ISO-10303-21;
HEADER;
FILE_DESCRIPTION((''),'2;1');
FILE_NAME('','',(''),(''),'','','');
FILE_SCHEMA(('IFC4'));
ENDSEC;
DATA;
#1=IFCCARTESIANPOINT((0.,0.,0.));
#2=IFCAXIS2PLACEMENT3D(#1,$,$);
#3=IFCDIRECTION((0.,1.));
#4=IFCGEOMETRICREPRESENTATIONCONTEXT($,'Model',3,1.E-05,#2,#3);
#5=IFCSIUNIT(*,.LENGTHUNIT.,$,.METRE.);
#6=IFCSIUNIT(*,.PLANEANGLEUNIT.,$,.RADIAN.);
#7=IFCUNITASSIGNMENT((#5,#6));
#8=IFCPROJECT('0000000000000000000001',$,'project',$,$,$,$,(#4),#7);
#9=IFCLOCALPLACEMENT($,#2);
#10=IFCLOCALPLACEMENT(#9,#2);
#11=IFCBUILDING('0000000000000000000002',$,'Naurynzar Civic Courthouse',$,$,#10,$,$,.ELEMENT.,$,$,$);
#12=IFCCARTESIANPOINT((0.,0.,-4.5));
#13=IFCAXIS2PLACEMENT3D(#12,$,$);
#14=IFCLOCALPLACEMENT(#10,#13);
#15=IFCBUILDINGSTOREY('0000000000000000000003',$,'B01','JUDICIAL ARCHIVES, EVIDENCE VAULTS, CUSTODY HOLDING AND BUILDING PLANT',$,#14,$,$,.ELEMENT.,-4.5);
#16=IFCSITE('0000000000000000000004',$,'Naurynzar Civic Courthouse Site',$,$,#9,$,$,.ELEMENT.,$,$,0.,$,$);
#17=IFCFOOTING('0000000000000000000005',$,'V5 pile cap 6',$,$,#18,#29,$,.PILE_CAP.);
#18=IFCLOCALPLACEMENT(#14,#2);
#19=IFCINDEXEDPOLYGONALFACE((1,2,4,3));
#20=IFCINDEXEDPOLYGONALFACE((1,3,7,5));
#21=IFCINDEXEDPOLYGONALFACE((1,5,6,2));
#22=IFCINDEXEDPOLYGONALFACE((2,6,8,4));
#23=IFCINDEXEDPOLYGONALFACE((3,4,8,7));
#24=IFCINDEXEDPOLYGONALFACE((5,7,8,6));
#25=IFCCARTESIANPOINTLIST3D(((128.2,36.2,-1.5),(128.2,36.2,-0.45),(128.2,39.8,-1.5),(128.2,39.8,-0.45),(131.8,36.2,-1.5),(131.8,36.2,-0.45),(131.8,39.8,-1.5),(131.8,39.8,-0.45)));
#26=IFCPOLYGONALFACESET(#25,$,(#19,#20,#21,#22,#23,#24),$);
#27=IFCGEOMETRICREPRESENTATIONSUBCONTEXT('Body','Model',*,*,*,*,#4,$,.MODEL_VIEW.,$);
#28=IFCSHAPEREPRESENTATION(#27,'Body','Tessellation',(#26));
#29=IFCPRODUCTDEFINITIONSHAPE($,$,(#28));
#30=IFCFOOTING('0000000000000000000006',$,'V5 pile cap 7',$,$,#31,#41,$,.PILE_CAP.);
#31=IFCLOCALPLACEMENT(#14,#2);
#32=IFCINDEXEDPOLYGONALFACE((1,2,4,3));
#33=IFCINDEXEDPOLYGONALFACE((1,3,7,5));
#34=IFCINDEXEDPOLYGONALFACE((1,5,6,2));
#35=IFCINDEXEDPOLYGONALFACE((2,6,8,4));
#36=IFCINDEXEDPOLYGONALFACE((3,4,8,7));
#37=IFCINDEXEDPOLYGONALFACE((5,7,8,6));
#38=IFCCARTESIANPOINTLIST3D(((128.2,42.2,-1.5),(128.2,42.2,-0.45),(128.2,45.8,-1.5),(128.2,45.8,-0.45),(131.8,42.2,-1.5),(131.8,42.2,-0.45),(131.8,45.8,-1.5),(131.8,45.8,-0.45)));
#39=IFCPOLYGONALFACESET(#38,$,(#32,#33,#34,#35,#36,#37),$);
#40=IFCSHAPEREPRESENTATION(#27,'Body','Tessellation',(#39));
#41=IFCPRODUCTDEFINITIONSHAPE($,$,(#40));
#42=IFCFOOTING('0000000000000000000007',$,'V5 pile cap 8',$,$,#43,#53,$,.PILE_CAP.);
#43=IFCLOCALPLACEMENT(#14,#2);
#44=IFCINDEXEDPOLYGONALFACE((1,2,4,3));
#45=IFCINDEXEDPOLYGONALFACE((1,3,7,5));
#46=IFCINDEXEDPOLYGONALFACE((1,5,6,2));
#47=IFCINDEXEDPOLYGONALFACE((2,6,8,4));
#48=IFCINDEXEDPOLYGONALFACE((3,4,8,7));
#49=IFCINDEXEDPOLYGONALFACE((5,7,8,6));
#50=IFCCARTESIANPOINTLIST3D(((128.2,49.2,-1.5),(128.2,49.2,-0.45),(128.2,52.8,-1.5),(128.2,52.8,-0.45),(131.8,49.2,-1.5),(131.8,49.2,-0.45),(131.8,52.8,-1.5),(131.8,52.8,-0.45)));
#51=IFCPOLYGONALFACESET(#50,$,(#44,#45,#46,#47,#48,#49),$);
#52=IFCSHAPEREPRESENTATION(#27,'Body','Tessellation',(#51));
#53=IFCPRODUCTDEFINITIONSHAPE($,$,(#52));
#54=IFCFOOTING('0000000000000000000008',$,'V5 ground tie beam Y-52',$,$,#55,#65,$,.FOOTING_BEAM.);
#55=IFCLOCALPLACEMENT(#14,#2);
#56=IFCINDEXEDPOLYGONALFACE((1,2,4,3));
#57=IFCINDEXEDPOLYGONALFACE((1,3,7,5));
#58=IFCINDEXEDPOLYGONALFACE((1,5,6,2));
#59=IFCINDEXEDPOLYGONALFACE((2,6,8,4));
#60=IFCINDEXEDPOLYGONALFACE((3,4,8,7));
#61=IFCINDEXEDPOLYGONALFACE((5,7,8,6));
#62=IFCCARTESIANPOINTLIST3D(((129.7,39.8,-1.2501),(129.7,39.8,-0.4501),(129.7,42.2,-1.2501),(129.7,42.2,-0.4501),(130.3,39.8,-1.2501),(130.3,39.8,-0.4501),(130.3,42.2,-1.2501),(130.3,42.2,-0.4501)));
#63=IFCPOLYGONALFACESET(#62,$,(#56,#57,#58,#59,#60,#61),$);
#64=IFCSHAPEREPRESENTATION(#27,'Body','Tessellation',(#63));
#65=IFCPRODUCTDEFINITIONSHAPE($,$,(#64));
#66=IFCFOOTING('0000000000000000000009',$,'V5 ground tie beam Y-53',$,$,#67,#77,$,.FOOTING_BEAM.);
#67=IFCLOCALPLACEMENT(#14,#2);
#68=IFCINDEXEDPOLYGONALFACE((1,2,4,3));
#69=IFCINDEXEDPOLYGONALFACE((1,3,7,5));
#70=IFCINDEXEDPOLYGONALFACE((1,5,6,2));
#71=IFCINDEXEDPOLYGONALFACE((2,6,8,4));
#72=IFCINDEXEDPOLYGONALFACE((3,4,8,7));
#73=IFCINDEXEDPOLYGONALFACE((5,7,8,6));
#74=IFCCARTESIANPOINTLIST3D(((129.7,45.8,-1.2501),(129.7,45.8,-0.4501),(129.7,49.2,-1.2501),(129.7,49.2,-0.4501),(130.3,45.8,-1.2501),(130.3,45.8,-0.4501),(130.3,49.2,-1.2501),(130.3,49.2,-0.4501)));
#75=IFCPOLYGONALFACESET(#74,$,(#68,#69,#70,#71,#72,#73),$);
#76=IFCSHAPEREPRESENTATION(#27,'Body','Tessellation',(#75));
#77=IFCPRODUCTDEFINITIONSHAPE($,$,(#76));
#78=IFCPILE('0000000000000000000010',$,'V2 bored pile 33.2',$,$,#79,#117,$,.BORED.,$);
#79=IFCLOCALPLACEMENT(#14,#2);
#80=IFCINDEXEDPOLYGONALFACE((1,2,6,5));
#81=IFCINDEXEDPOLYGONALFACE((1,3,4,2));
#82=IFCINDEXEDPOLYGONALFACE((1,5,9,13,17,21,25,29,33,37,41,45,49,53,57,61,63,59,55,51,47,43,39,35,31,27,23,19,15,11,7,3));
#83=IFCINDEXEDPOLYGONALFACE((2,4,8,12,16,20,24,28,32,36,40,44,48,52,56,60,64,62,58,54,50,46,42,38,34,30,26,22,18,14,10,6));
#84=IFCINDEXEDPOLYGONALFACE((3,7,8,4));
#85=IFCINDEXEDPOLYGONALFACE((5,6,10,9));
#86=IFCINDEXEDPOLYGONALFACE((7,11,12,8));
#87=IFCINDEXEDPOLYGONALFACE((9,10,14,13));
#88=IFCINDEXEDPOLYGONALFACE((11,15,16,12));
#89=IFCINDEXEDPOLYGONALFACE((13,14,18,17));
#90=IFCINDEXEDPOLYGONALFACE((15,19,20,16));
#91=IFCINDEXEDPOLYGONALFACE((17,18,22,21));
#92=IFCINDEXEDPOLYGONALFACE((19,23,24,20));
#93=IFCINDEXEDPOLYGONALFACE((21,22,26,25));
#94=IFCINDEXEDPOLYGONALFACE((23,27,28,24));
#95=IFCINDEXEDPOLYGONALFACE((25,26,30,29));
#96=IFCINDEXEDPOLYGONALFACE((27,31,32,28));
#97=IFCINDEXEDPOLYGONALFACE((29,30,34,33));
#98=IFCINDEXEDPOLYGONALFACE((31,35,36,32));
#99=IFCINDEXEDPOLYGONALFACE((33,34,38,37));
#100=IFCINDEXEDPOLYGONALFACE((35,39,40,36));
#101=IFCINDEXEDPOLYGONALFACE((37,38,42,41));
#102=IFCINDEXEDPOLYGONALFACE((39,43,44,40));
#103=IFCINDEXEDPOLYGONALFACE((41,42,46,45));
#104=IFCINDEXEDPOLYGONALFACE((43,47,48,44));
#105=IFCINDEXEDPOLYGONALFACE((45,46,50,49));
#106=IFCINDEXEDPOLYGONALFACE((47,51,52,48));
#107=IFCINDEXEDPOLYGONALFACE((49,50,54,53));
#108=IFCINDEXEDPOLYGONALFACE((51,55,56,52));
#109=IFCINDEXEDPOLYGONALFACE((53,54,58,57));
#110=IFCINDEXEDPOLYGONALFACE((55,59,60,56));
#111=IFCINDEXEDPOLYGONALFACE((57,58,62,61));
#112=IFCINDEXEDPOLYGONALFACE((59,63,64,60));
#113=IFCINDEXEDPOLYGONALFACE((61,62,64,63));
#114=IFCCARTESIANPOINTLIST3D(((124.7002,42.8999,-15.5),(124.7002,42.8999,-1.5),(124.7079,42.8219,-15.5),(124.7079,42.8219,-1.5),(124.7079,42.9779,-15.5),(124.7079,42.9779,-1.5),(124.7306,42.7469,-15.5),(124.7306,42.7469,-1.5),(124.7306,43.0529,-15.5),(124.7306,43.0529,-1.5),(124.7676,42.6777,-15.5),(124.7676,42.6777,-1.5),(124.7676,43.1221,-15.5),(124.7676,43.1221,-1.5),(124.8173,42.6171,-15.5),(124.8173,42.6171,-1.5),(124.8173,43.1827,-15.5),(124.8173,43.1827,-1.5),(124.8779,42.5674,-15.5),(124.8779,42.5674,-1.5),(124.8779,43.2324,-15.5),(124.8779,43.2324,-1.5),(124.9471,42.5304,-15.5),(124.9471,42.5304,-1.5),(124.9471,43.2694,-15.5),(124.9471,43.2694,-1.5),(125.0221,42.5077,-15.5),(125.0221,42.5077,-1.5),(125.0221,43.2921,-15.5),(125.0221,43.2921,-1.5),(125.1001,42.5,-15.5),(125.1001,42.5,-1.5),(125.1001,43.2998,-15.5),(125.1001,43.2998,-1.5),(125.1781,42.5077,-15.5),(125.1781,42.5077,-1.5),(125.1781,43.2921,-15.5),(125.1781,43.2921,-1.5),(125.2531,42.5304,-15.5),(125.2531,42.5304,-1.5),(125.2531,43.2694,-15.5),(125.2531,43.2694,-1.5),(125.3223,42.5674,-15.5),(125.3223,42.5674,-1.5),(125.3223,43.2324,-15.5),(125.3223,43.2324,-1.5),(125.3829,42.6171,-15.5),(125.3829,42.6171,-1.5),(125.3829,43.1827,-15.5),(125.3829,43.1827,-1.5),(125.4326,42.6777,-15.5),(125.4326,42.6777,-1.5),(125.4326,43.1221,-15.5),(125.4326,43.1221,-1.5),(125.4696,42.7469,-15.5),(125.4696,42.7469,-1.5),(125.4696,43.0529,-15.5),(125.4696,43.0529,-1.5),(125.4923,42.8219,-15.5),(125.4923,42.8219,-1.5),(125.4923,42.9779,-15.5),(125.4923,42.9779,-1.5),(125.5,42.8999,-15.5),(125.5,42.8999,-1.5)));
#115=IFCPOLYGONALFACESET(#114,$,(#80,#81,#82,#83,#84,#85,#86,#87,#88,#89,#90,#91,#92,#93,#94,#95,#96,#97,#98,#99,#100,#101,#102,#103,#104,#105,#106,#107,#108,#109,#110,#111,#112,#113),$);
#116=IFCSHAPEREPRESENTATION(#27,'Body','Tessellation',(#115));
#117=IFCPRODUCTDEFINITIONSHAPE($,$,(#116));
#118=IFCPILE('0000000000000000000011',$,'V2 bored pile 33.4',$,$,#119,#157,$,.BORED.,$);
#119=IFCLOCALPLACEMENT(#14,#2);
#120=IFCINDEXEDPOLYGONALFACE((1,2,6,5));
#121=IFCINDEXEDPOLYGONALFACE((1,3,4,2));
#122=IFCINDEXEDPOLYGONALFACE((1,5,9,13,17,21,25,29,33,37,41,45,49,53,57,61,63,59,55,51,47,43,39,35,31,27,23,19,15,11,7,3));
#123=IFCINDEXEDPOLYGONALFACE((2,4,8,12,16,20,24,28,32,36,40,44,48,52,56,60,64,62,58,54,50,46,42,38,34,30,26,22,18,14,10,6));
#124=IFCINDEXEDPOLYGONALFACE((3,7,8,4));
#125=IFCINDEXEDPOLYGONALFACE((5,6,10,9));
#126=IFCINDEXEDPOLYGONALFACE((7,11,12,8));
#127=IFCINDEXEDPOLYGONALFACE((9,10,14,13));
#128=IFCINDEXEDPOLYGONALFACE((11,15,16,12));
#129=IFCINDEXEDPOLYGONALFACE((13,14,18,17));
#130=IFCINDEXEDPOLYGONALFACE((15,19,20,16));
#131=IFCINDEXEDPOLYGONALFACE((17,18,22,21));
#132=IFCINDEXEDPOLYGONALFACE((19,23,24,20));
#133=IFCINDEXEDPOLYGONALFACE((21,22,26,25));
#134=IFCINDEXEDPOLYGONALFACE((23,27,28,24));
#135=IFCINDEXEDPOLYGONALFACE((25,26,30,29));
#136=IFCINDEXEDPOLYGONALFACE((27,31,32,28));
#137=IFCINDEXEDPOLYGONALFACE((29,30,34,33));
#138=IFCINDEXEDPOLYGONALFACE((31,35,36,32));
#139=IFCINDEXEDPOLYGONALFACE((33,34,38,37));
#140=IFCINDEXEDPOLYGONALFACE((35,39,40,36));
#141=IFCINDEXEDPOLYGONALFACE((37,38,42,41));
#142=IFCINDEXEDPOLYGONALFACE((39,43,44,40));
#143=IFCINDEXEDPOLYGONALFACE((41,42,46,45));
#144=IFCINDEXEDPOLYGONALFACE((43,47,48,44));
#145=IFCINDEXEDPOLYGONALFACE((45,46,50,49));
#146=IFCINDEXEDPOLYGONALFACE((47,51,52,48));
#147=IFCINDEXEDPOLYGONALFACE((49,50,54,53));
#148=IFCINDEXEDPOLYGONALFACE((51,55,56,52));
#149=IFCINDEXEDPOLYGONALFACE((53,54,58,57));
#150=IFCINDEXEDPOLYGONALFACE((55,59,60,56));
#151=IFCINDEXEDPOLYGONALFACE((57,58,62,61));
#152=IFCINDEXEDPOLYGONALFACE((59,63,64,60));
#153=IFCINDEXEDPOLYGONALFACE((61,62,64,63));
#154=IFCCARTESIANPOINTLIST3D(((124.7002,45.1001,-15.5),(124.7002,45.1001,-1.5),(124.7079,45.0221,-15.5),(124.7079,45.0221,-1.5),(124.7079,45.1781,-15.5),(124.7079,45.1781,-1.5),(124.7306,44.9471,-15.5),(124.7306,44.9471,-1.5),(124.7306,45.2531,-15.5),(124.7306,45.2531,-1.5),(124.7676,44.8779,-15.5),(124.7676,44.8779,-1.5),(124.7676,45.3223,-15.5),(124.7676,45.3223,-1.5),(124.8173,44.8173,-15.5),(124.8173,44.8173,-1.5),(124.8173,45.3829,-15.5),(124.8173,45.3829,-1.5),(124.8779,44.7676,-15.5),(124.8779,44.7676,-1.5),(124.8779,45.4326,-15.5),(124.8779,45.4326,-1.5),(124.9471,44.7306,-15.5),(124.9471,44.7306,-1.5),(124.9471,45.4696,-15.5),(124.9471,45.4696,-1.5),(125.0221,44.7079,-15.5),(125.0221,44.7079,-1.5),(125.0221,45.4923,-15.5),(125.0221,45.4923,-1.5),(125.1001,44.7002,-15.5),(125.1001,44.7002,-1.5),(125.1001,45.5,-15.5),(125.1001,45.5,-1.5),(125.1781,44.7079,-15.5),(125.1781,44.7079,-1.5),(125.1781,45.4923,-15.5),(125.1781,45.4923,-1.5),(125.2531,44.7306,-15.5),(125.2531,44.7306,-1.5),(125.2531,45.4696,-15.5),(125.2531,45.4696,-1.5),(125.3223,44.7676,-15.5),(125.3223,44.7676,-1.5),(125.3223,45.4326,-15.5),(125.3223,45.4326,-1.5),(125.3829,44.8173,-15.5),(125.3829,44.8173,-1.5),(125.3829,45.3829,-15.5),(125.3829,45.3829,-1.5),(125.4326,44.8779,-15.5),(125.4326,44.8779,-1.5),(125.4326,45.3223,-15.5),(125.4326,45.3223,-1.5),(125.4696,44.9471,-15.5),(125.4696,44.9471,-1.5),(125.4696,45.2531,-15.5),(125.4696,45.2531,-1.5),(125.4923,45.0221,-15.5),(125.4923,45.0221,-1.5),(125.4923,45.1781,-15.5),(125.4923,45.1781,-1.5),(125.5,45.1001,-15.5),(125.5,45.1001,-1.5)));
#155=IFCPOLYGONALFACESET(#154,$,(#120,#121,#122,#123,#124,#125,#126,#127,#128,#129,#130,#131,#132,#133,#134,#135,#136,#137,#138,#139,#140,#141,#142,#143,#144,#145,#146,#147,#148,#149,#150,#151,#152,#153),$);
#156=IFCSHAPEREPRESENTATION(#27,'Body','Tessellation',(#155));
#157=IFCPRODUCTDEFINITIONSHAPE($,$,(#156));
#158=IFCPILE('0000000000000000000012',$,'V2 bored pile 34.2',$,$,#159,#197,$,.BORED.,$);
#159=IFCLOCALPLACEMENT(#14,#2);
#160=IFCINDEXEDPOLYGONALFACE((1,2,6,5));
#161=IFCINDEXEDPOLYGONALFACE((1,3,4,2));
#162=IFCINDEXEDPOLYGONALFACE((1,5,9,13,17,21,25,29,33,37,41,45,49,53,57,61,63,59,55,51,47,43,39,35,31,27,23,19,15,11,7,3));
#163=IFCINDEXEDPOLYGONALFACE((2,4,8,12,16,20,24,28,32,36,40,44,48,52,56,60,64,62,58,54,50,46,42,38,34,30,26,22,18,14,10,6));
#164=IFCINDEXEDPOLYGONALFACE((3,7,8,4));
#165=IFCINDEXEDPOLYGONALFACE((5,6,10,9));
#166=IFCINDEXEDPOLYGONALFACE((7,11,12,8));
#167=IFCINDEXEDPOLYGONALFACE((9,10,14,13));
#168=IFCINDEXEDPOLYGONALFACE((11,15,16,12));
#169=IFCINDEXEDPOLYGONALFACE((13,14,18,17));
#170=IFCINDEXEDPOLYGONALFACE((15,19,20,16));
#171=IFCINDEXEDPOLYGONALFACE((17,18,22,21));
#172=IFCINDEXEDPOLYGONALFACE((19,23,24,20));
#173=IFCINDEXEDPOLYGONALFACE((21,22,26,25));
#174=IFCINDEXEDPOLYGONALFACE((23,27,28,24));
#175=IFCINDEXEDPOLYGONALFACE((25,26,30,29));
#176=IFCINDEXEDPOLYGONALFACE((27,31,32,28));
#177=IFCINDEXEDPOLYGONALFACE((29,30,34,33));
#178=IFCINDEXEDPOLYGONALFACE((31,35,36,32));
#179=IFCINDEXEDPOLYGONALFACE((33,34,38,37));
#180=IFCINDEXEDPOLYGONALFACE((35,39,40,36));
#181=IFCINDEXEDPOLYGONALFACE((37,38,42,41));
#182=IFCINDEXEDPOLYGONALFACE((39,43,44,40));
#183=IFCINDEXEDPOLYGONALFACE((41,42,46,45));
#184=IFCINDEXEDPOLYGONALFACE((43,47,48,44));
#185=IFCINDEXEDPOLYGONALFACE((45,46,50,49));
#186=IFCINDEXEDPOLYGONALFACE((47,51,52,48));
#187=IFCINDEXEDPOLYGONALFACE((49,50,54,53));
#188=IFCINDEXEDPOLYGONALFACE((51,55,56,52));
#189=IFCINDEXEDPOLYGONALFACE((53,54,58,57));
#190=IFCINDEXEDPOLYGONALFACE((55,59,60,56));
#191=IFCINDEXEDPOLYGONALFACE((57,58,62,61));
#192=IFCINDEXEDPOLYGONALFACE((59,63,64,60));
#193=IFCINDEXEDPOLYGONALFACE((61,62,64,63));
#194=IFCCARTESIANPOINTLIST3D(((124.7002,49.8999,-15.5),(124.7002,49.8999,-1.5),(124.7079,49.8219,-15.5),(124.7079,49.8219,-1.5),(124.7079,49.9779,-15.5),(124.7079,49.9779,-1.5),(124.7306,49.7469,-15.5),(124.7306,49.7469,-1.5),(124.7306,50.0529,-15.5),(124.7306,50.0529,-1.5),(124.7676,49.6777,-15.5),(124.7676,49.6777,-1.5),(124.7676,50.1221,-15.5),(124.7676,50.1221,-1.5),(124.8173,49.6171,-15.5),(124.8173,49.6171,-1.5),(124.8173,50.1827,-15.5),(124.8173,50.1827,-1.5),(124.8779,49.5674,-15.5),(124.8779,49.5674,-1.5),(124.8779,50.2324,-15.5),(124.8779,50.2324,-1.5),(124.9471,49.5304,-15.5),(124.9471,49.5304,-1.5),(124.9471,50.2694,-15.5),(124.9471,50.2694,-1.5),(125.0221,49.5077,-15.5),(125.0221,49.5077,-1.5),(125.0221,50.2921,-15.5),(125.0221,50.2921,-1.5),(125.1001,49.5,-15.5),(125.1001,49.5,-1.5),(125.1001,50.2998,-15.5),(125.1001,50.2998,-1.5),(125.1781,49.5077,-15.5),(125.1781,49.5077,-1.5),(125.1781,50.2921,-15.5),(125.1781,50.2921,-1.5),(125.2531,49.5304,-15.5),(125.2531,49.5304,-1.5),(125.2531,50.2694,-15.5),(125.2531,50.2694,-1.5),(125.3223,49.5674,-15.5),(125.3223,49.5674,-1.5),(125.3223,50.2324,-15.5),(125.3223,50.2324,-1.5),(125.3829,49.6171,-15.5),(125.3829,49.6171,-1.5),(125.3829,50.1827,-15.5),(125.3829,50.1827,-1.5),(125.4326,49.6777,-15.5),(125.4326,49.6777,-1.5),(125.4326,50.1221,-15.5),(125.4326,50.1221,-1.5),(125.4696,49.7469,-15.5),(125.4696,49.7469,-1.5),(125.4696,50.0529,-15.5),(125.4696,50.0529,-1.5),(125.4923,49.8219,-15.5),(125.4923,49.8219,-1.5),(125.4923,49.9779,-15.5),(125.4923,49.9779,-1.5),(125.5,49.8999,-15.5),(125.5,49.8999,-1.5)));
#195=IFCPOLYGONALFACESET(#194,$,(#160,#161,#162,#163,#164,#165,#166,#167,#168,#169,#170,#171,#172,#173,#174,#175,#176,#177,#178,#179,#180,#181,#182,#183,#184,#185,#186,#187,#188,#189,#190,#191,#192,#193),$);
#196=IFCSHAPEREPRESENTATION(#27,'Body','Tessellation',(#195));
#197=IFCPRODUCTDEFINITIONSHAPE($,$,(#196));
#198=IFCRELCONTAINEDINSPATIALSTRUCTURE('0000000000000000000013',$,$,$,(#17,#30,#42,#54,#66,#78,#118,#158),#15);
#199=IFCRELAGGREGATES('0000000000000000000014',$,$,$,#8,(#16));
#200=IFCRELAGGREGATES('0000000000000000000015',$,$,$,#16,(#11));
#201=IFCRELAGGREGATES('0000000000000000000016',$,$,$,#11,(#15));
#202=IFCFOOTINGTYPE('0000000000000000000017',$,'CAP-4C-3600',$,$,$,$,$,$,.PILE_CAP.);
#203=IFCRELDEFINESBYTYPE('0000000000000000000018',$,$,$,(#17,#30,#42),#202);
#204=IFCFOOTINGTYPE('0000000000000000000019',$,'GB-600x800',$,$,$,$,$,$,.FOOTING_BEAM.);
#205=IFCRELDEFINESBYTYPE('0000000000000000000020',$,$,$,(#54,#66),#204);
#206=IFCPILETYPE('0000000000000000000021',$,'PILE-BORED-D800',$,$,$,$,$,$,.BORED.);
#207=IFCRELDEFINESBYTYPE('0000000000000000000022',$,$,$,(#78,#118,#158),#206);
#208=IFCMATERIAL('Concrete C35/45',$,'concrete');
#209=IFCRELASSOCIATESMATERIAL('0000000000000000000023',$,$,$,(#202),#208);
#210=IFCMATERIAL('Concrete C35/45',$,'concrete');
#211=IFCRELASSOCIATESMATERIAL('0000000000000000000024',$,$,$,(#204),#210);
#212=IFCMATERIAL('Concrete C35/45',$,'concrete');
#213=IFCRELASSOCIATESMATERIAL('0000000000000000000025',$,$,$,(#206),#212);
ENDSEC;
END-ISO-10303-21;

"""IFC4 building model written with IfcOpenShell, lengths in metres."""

from ifc_helpers import new_model, si_unit, direction, frame, origin, origin_2d, place, context, subcontext, project, spatial, rectangle, circle, extrude, material, material_profile, profile_set, type_object, element, save


model = new_model("IFC4")

# Units and contexts
model_context = context("Model", 3, precision=1e-05, world=origin(), true_north=direction((0.0, 1.0)))
body_context = subcontext(model_context, "Body", "Model", "MODEL_VIEW")
ifc_project = project(units=[si_unit("LENGTHUNIT", "METRE"), si_unit("PLANEANGLEUNIT", "RADIAN")], contexts=[model_context])

# Site, building, storey
site_placement = place(None, origin())
site = spatial("IfcSite", under=ifc_project, at=site_placement, Name="Naurynzar Civic Courthouse Site", CompositionType="ELEMENT", RefElevation=0.0)
building_placement = place(site_placement, origin())
building = spatial("IfcBuilding", under=site, at=building_placement, Name="Naurynzar Civic Courthouse", CompositionType="ELEMENT")
storey_placement = place(building_placement, frame((0.0, 0.0, -4.5)))
storey = spatial("IfcBuildingStorey", under=building, at=storey_placement, Name="B01", Description="JUDICIAL ARCHIVES, EVIDENCE VAULTS, CUSTODY HOLDING AND BUILDING PLANT", CompositionType="ELEMENT", Elevation=-4.5)

# Footings
ifc_material_1 = material(Name="Concrete C35/45", Category="concrete")
footing_type_1 = type_object("IfcFootingType", Name="CAP-4C-3600", PredefinedType="PILE_CAP", material=ifc_material_1)
for number, where, z_axis, x_axis, name in (
    (1, (130.0, 38.0, -1.5), (0.0, 0.0, 1.0), (1.0, 0.0, 0.0), "V5 pile cap 6"),
    (2, (130.0, 44.0, -1.5), (0.0, 0.0, 1.0), (1.0, 0.0, 0.0), "V5 pile cap 7"),
    (3, (130.0, 51.0, -1.5), (0.0, 0.0, 1.0), (1.0, 0.0, 0.0), "V5 pile cap 8"),
):
    element("IfcFooting", number, at=place(storey_placement, frame(where, z_axis=z_axis, x_axis=x_axis)), inside=storey, type_object=footing_type_1, Name=name, PredefinedType="PILE_CAP", context=body_context, shape_type="SweptSolid", body=[
        extrude(rectangle(XDim=3.6001, YDim=3.6001, at=origin_2d()), origin(), (0.0, 0.0, 1.0), 1.05),
    ])
ifc_material_2 = material(Name="Concrete C35/45", Category="concrete")
ifc_material_profile_1 = material_profile(ifc_material_2, rectangle(XDim=0.6001, YDim=0.8, at=origin_2d()), Name="GB 600x800")
ifc_profile_set_1 = profile_set([ifc_material_profile_1], Name="Concrete C35/45")
footing_type_2 = type_object("IfcFootingType", Name="GB-600x800", PredefinedType="FOOTING_BEAM", material=ifc_profile_set_1)
footing_1_placement = place(storey_placement, frame((130.0, 39.8, -0.8501), z_axis=(0.0, 1.0, 0.0), x_axis=(-1.0, 0.0, 0.0)))
element("IfcFooting", 4, at=footing_1_placement, inside=storey, type_object=footing_type_2, Name="V5 ground tie beam Y-52", PredefinedType="FOOTING_BEAM", context=body_context, shape_type="SweptSolid", body=[
    extrude(rectangle(XDim=0.6001, YDim=0.8, at=origin_2d()), origin(), (0.0, 0.0, 1.0), 2.3999),
])
footing_2_placement = place(storey_placement, frame((130.0, 45.8, -0.8501), z_axis=(0.0, 1.0, 0.0), x_axis=(-1.0, 0.0, 0.0)))
element("IfcFooting", 5, at=footing_2_placement, inside=storey, type_object=footing_type_2, Name="V5 ground tie beam Y-53", PredefinedType="FOOTING_BEAM", context=body_context, shape_type="SweptSolid", body=[
    extrude(rectangle(XDim=0.6001, YDim=0.8, at=origin_2d()), origin(), (0.0, 0.0, 1.0), 3.3999),
])

# Piles
ifc_material_3 = material(Name="Concrete C35/45", Category="concrete")
ifc_material_profile_2 = material_profile(ifc_material_3, circle(Radius=0.3999, at=origin_2d()), Name="PILE D800")
ifc_profile_set_2 = profile_set([ifc_material_profile_2], Name="Concrete C35/45")
pile_type = type_object("IfcPileType", Name="PILE-BORED-D800", PredefinedType="BORED", material=ifc_profile_set_2)
for number, where, z_axis, x_axis, name in (
    (6, (125.1001, 42.8999, -1.5), (0.0, 0.0, -1.0), (1.0, 0.0, 0.0), "V2 bored pile 33.2"),
    (7, (125.1001, 45.1001, -1.5), (0.0, 0.0, -1.0), (1.0, 0.0, 0.0), "V2 bored pile 33.4"),
    (8, (125.1001, 49.8999, -1.5), (0.0, 0.0, -1.0), (1.0, 0.0, 0.0), "V2 bored pile 34.2"),
):
    element("IfcPile", number, at=place(storey_placement, frame(where, z_axis=z_axis, x_axis=x_axis)), inside=storey, type_object=pile_type, Name=name, PredefinedType="BORED", context=body_context, shape_type="SweptSolid", body=[
        extrude(circle(Radius=0.3999, at=origin_2d()), origin(), (0.0, 0.0, 1.0), 14.0),
    ])

save(model, "model.ifc")
